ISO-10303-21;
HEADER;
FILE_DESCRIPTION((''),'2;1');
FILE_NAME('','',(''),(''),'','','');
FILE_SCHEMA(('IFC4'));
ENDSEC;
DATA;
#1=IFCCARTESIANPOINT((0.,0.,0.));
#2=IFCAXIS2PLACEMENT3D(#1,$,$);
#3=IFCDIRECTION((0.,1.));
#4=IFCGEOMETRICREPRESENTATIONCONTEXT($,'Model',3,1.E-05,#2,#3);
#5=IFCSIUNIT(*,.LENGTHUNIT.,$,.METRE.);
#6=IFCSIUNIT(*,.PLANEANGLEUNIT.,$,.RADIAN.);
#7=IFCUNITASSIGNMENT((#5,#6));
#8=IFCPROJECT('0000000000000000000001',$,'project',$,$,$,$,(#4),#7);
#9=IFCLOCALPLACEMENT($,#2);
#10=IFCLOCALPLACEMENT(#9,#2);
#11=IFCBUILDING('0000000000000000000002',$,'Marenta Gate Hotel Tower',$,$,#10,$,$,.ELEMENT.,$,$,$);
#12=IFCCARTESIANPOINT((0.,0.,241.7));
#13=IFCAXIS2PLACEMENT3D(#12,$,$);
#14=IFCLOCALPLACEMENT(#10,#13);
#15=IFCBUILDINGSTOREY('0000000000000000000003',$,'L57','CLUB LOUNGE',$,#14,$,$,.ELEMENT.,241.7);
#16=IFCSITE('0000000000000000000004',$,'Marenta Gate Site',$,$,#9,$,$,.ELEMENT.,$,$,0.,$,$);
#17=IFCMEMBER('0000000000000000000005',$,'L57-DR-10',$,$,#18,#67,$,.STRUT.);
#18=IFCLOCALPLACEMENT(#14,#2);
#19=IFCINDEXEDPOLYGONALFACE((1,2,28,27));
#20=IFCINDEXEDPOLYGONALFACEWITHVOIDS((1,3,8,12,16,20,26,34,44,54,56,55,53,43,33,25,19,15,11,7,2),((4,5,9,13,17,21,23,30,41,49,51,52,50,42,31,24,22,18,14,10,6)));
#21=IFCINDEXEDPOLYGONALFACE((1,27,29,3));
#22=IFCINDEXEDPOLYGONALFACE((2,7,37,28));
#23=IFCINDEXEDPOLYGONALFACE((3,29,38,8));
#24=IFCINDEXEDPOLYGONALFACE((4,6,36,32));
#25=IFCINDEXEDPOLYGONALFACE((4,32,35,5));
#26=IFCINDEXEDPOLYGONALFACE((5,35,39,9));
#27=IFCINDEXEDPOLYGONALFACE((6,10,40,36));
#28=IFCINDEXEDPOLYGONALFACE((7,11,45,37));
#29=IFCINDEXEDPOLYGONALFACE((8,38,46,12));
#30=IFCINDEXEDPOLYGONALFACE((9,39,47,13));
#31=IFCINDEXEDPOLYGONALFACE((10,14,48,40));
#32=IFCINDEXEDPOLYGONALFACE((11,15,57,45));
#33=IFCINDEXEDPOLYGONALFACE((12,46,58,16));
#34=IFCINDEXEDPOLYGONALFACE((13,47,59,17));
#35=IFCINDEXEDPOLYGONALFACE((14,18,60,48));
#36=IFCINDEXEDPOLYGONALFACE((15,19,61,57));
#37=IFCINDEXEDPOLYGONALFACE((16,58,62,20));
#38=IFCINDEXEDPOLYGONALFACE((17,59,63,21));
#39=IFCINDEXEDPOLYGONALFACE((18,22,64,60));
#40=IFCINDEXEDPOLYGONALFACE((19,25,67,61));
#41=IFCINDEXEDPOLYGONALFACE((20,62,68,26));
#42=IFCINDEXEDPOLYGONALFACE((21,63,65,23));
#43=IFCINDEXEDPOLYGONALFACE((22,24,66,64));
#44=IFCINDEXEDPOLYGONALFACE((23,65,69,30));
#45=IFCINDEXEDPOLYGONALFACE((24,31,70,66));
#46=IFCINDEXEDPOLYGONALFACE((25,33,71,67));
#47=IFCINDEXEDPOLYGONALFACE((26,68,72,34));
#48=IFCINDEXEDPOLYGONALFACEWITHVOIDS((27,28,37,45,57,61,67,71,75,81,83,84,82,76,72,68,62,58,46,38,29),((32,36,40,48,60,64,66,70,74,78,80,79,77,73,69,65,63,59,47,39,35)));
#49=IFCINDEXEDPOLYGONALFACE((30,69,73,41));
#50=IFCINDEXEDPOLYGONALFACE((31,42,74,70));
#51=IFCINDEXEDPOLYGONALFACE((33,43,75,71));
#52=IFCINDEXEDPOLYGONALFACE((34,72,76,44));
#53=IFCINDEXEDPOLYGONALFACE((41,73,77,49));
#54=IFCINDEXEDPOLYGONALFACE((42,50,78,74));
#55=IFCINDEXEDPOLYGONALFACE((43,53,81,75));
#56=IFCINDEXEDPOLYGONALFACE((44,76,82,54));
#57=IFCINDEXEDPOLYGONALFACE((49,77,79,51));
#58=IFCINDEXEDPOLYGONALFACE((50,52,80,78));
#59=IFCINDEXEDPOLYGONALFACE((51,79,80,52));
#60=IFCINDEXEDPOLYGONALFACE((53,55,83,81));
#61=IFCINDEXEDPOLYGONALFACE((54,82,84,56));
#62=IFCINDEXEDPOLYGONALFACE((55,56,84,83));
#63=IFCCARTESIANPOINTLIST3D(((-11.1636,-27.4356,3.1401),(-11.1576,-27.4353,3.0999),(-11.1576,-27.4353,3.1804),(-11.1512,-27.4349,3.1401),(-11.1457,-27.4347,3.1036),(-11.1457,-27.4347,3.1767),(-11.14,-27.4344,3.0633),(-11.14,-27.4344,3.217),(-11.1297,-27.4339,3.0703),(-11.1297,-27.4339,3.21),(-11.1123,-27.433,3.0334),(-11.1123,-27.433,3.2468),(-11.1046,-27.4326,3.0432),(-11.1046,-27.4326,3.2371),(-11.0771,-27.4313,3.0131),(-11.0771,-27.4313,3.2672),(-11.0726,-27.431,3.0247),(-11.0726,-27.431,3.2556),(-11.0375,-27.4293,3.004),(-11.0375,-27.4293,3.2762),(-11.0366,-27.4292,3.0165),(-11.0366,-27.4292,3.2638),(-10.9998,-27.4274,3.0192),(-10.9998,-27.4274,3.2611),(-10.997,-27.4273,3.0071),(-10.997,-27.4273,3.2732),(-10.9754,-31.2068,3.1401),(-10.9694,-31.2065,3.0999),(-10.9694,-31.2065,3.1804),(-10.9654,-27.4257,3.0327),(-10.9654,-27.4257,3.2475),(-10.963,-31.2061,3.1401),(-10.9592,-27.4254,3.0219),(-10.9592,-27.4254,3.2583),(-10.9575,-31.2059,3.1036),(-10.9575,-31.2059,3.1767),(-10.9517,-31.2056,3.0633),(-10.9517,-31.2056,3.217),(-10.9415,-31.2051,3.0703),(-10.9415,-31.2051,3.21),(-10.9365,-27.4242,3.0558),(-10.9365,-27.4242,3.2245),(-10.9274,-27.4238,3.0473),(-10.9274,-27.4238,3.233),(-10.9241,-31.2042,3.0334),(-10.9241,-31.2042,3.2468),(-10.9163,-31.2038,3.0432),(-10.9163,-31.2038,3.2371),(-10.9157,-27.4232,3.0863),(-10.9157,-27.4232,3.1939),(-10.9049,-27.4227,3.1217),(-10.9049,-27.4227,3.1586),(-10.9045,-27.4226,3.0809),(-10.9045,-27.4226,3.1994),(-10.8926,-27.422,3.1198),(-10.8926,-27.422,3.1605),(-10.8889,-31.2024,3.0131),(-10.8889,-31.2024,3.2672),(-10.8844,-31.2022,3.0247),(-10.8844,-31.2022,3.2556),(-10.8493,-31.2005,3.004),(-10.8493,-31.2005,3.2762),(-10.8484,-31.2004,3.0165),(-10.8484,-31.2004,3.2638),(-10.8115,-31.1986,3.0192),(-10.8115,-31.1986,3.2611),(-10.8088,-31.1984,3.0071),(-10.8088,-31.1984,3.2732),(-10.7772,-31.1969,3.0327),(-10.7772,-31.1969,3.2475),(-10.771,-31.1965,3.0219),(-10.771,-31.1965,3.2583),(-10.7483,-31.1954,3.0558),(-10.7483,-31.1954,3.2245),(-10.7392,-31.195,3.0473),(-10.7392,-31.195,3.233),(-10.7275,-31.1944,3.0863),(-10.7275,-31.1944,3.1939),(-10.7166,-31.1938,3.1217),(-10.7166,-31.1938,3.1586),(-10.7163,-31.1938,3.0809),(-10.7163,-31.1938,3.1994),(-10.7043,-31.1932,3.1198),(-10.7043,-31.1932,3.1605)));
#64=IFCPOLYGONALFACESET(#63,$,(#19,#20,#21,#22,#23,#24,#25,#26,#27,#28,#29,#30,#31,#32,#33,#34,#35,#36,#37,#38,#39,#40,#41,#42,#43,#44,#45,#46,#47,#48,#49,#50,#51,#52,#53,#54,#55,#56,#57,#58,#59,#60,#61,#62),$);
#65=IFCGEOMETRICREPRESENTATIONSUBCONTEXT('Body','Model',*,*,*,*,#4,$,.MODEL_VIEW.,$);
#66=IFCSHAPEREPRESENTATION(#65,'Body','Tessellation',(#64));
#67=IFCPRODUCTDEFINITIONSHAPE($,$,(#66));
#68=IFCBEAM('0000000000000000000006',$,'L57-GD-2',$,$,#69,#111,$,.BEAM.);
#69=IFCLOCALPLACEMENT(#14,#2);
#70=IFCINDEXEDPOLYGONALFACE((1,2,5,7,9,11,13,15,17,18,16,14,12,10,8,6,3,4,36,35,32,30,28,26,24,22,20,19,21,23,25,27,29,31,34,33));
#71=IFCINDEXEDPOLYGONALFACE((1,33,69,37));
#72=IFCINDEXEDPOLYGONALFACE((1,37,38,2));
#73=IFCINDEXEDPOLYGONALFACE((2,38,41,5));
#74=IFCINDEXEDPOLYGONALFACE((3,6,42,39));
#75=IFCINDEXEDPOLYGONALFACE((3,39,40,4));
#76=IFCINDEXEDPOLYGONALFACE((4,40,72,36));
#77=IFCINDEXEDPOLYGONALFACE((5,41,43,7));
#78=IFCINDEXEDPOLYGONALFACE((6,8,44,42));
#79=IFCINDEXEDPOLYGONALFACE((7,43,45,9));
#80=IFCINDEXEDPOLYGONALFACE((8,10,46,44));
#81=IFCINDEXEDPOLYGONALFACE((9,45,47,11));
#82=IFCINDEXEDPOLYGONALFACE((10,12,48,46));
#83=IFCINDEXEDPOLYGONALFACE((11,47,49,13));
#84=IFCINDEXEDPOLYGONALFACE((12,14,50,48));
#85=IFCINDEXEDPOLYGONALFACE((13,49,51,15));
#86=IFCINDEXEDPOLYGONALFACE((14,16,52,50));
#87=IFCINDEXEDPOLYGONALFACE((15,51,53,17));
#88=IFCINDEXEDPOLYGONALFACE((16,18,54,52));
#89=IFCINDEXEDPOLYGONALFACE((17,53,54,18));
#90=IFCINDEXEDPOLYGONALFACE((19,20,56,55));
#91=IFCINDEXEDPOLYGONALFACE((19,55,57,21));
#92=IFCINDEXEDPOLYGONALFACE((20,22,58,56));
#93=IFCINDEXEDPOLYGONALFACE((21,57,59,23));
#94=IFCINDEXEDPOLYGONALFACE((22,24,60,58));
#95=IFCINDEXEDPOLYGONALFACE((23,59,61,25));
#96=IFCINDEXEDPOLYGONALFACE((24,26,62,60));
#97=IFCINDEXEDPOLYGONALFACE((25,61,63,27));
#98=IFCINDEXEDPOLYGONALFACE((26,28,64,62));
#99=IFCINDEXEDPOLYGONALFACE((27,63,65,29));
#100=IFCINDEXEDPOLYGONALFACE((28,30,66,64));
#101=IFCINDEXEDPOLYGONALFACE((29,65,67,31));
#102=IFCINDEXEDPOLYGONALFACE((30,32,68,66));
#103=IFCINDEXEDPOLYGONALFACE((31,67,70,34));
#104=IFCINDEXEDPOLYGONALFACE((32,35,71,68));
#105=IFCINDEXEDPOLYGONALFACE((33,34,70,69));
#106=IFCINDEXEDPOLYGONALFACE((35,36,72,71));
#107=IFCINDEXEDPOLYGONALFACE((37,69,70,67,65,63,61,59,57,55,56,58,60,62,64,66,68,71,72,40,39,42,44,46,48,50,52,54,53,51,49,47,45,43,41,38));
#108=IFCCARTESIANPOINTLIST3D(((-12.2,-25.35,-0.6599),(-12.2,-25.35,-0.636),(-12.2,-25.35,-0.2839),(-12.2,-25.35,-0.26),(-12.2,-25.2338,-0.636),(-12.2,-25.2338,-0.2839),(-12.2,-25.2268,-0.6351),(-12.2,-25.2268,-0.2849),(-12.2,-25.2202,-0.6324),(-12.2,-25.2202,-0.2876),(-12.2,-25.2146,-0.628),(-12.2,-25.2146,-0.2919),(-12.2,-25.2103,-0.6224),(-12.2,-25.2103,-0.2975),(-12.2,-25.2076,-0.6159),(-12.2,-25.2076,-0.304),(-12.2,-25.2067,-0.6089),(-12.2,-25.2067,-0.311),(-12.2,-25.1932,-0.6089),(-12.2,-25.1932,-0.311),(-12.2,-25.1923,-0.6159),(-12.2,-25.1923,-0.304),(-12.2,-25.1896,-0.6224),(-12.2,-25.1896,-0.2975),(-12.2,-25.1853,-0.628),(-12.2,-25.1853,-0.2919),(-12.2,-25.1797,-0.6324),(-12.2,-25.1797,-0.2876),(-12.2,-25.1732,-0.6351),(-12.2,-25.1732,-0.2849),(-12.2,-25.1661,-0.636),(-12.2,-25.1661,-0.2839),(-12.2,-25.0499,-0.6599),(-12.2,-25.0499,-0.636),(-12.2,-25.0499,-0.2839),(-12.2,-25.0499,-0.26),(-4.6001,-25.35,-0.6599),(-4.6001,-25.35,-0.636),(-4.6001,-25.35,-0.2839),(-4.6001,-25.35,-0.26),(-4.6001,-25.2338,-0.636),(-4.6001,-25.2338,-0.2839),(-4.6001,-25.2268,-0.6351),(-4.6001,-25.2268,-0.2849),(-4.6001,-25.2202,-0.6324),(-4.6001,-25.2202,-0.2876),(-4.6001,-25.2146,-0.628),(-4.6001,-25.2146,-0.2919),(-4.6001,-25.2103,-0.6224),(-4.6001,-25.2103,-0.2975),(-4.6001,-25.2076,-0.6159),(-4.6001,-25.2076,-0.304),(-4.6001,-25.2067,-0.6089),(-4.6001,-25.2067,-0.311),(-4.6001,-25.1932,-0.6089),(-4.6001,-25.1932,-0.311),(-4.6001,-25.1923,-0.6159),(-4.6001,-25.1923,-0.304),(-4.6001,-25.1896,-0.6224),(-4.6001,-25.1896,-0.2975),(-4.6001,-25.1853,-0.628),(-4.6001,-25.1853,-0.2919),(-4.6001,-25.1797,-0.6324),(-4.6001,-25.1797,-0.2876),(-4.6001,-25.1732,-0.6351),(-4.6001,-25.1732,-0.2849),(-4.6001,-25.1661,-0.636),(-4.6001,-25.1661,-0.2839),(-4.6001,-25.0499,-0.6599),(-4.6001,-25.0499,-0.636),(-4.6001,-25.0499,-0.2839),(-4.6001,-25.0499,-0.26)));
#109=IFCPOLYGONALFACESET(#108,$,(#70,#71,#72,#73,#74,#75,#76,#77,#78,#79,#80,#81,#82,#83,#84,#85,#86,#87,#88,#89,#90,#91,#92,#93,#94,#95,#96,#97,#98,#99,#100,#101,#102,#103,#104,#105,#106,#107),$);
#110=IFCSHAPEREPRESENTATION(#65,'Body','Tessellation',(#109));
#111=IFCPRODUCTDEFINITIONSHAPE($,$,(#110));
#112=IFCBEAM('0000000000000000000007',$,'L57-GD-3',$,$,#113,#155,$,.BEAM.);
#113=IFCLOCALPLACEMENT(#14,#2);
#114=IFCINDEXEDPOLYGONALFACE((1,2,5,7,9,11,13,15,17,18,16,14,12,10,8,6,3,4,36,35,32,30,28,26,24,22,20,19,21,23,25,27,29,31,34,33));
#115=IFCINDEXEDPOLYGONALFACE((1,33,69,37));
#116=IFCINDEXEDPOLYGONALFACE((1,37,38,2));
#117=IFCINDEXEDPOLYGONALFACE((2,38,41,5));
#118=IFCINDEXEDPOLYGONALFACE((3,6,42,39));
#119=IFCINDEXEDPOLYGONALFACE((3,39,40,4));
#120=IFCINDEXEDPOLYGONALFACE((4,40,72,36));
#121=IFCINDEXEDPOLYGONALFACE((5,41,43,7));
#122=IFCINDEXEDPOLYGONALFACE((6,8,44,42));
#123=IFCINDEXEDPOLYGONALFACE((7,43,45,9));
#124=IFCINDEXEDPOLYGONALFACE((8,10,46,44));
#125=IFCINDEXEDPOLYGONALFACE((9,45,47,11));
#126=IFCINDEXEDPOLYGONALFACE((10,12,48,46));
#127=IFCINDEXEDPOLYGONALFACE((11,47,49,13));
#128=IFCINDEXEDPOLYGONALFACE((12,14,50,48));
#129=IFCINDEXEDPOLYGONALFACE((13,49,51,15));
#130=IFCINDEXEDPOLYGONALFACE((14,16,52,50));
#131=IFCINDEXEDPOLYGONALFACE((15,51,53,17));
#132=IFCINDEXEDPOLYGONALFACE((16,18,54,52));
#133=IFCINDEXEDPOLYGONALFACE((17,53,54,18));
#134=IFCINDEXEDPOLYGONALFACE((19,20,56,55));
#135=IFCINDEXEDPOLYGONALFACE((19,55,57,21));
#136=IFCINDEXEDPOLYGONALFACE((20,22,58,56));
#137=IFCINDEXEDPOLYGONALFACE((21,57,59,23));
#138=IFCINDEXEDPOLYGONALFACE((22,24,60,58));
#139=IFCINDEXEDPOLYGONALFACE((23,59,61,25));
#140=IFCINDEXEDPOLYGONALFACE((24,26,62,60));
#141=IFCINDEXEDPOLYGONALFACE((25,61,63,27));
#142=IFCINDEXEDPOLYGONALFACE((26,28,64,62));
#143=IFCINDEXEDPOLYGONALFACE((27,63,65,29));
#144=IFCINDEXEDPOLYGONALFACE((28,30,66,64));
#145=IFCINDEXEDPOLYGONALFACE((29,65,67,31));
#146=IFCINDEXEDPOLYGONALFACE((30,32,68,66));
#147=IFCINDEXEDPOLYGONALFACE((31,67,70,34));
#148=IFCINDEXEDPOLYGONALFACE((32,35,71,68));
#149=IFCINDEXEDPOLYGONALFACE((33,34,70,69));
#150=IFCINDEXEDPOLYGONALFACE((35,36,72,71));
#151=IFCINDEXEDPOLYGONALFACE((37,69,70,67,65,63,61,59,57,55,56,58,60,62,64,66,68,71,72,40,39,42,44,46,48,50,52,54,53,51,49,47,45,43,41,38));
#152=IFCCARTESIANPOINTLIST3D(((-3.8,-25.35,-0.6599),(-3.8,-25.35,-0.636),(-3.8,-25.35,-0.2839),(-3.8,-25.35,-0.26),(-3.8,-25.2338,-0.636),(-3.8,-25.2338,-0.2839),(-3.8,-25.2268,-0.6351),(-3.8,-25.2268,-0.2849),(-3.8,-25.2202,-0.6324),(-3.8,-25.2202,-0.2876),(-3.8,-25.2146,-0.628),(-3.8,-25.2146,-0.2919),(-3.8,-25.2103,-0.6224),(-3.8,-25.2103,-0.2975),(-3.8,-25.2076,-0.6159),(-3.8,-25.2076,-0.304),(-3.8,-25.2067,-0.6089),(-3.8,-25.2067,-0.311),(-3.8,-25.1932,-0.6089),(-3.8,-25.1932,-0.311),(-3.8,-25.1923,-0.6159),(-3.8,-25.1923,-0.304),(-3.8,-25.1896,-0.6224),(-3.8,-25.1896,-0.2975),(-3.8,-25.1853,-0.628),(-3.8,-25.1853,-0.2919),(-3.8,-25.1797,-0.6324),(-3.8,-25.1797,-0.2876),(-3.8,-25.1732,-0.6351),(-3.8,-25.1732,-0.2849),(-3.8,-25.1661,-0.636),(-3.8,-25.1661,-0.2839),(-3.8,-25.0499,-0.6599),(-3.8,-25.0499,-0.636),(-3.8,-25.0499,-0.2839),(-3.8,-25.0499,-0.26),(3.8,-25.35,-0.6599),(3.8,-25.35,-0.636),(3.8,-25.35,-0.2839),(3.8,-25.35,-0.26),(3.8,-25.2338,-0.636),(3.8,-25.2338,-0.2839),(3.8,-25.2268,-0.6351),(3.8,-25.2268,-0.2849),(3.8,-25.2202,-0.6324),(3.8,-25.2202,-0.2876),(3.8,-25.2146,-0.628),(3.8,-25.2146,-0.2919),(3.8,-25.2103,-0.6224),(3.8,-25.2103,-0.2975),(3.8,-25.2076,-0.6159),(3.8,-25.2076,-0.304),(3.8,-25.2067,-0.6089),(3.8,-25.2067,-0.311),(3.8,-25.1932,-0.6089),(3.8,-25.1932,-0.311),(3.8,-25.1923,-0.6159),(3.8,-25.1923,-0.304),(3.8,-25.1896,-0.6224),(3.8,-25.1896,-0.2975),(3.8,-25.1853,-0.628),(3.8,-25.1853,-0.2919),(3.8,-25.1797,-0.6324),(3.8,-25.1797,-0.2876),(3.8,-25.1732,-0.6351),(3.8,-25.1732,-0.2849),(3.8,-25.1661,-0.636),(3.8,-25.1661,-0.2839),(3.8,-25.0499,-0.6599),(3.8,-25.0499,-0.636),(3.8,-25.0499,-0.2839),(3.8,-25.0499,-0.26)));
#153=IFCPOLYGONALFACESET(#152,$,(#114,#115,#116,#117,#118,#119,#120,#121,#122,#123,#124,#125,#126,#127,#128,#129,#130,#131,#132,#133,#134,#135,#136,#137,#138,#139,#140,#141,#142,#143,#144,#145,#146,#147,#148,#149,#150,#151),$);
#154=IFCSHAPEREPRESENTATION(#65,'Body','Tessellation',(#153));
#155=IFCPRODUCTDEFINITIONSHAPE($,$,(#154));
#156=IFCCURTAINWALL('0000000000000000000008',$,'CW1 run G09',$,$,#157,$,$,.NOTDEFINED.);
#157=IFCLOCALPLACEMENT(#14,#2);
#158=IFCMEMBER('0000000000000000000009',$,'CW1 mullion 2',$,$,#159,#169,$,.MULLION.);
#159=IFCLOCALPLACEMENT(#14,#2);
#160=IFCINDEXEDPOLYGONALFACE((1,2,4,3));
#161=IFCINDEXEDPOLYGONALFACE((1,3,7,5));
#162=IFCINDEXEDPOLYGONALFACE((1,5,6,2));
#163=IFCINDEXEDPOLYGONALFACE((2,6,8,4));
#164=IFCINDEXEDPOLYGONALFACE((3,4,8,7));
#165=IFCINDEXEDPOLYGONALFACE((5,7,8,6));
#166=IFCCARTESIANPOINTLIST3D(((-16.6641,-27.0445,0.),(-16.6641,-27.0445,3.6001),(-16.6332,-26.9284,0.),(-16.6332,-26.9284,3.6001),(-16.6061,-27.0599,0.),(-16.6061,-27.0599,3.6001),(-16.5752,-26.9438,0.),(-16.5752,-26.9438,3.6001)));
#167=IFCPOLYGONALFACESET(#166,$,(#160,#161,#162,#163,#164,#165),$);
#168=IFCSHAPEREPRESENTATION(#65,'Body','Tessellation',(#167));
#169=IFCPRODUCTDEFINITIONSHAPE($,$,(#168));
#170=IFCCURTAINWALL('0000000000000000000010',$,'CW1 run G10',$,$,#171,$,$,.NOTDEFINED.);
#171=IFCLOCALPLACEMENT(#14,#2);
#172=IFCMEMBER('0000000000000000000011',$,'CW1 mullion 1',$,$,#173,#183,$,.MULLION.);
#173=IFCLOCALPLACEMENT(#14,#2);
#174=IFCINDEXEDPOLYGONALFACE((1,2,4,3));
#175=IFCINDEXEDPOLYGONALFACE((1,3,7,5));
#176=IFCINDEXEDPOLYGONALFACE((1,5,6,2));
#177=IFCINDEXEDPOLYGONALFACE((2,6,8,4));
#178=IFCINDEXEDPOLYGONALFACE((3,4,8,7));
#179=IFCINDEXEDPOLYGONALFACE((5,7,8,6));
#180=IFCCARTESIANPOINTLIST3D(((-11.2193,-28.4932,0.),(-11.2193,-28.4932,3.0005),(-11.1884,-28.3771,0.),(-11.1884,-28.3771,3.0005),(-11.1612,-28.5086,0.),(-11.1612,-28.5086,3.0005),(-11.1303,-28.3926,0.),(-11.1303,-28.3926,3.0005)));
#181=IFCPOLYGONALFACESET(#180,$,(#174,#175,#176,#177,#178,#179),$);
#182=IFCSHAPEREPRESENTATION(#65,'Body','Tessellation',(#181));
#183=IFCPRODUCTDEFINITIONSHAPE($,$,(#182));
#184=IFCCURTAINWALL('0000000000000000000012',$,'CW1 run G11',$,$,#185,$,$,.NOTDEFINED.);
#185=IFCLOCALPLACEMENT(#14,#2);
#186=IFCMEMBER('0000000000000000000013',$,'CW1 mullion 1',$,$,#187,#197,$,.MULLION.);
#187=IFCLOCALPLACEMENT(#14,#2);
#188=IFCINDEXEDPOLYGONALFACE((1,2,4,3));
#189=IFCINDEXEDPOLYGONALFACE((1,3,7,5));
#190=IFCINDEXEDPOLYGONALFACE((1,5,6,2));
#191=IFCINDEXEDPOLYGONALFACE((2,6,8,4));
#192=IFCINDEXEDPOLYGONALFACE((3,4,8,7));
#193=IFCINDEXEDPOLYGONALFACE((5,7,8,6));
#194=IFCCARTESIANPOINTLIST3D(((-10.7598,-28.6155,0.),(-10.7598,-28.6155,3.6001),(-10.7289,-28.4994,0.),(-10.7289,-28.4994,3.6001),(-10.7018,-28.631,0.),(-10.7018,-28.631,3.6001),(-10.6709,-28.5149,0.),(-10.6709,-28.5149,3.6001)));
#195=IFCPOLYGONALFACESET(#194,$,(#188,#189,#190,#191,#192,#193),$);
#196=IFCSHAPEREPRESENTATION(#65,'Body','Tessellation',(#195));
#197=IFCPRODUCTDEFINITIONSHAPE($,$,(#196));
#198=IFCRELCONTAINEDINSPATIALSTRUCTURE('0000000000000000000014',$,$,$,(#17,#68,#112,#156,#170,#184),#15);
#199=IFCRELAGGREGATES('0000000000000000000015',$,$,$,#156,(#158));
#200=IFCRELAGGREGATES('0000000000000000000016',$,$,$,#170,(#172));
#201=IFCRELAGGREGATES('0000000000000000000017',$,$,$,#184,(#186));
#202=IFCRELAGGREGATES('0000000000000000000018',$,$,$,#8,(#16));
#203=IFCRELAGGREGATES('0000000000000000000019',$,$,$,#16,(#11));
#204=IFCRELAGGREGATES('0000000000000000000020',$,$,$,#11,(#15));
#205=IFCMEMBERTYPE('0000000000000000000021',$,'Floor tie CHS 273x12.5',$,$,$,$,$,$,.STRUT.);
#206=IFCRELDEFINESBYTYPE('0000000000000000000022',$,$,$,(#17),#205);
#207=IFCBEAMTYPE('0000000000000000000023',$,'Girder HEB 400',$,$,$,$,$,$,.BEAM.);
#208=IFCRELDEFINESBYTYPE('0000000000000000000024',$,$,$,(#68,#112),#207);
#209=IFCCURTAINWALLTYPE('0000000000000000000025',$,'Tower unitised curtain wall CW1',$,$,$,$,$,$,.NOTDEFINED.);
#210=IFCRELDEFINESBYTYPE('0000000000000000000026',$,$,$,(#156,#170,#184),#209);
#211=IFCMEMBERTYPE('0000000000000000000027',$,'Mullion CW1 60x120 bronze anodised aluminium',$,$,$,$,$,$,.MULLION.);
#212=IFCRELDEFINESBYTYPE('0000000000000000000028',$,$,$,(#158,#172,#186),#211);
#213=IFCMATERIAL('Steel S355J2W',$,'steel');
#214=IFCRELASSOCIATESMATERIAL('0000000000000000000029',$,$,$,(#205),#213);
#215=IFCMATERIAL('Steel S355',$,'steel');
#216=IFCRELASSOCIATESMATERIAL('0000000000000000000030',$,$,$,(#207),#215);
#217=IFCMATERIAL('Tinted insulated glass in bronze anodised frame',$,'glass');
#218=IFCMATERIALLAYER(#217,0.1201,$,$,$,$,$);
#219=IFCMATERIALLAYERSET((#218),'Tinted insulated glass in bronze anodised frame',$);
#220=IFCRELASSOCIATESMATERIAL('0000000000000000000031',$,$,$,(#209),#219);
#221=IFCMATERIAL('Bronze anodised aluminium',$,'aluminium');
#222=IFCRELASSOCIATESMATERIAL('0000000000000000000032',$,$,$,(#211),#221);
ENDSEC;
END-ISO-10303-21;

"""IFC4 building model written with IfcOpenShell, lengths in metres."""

from ifc_helpers import new_model, si_unit, direction, frame, origin, origin_2d, place, context, subcontext, project, spatial, rectangle, hollow_circle, i_section, extrude, material, layer, layer_set, material_profile, profile_set, type_object, element, aggregate, save


model = new_model("IFC4")

# Units and contexts
model_context = context("Model", 3, precision=1e-05, world=origin(), true_north=direction((0.0, 1.0)))
body_context = subcontext(model_context, "Body", "Model", "MODEL_VIEW")
ifc_project = project(units=[si_unit("LENGTHUNIT", "METRE"), si_unit("PLANEANGLEUNIT", "RADIAN")], contexts=[model_context])

# Site, building, storey
site_placement = place(None, origin())
site = spatial("IfcSite", under=ifc_project, at=site_placement, Name="Marenta Gate Site", CompositionType="ELEMENT", RefElevation=0.0)
building_placement = place(site_placement, origin())
building = spatial("IfcBuilding", under=site, at=building_placement, Name="Marenta Gate Hotel Tower", CompositionType="ELEMENT")
storey_placement = place(building_placement, frame((0.0, 0.0, 241.7)))
storey = spatial("IfcBuildingStorey", under=building, at=storey_placement, Name="L57", Description="CLUB LOUNGE", CompositionType="ELEMENT", Elevation=241.7)

# Member
ifc_material_1 = material(Name="Steel S355J2W", Category="steel")
ifc_material_profile_1 = material_profile(ifc_material_1, hollow_circle(Radius=0.1365, WallThickness=0.0125, at=origin_2d()), Name="CHS 273x12.5")
ifc_profile_set_1 = profile_set([ifc_material_profile_1], Name="Steel S355J2W")
member_type_1 = type_object("IfcMemberType", Name="Floor tie CHS 273x12.5", PredefinedType="STRUT", material=ifc_profile_set_1)
member_1_placement = place(storey_placement, frame((-10.8391, -31.2, 3.1401), z_axis=(-0.049851, 0.998757, 0.0), x_axis=(-0.998757, -0.049851, 0.0)))
element("IfcMember", 1, at=member_1_placement, inside=storey, type_object=member_type_1, Name="L57-DR-10", PredefinedType="STRUT", context=body_context, shape_type="SweptSolid", body=[
    extrude(hollow_circle(Radius=0.1365, WallThickness=0.0125, at=origin_2d()), origin(), (0.0, 0.0, 1.0), 3.7759),
])

# Beams
ifc_material_2 = material(Name="Steel S355", Category="steel")
ifc_material_profile_2 = material_profile(ifc_material_2, i_section(OverallWidth=0.3, OverallDepth=0.3999, WebThickness=0.0134, FlangeThickness=0.0239, FilletRadius=0.0271, at=origin_2d()), Name="HEB 400")
ifc_profile_set_2 = profile_set([ifc_material_profile_2], Name="Steel S355")
beam_type_1 = type_object("IfcBeamType", Name="Girder HEB 400", PredefinedType="BEAM", material=ifc_profile_set_2)
beam_1_placement = place(storey_placement, frame((-12.2, -25.2, -0.46), z_axis=(1.0, 0.0, 0.0), x_axis=(0.0, 1.0, 0.0)))
element("IfcBeam", 2, at=beam_1_placement, inside=storey, type_object=beam_type_1, Name="L57-GD-2", PredefinedType="BEAM", context=body_context, shape_type="SweptSolid", body=[
    extrude(i_section(OverallWidth=0.3, OverallDepth=0.3999, WebThickness=0.0134, FlangeThickness=0.0239, FilletRadius=0.0271, at=origin_2d()), origin(), (0.0, 0.0, 1.0), 7.5999),
])
beam_2_placement = place(storey_placement, frame((-3.8, -25.2, -0.46), z_axis=(1.0, 0.0, 0.0), x_axis=(0.0, 1.0, 0.0)))
element("IfcBeam", 3, at=beam_2_placement, inside=storey, type_object=beam_type_1, Name="L57-GD-3", PredefinedType="BEAM", context=body_context, shape_type="SweptSolid", body=[
    extrude(i_section(OverallWidth=0.3, OverallDepth=0.3999, WebThickness=0.0134, FlangeThickness=0.0239, FilletRadius=0.0271, at=origin_2d()), origin(), (0.0, 0.0, 1.0), 7.6001),
])

# Curtain walls, members
ifc_material_3 = material(Name="Tinted insulated glass in bronze anodised frame", Category="glass")
ifc_layer_1 = layer(ifc_material_3, 0.1201)
ifc_layer_set_1 = layer_set([ifc_layer_1], Name="Tinted insulated glass in bronze anodised frame")
curtain_wall_type = type_object("IfcCurtainWallType", Name="Tower unitised curtain wall CW1", PredefinedType="NOTDEFINED", material=ifc_layer_set_1)
curtain_wall_1_placement = place(storey_placement, origin())
curtain_wall_1 = element("IfcCurtainWall", 4, at=curtain_wall_1_placement, inside=storey, type_object=curtain_wall_type, Name="CW1 run G09", PredefinedType="NOTDEFINED")
ifc_material_4 = material(Name="Bronze anodised aluminium", Category="aluminium")
ifc_material_profile_3 = material_profile(ifc_material_4, rectangle(XDim=0.1201, YDim=0.0601, at=origin_2d()), Name="Mullion CW1 60x120 bronze anodised aluminium")
ifc_profile_set_3 = profile_set([ifc_material_profile_3], Name="Bronze anodised aluminium")
member_type_2 = type_object("IfcMemberType", Name="Mullion CW1 60x120 bronze anodised aluminium", PredefinedType="MULLION", material=ifc_profile_set_3)
member_2_placement = place(storey_placement, frame((-16.6196, -26.9941, 0.0), z_axis=(0.0, 0.0, 1.0), x_axis=(0.257132, 0.966376, 0.0)))
member_2 = element("IfcMember", 5, at=member_2_placement, type_object=member_type_2, Name="CW1 mullion 2", PredefinedType="MULLION", context=body_context, shape_type="SweptSolid", body=[
    extrude(rectangle(XDim=0.1201, YDim=0.0601, at=origin_2d()), origin(), (0.0, 0.0, 1.0), 3.6001),
])
curtain_wall_2_placement = place(storey_placement, origin())
curtain_wall_2 = element("IfcCurtainWall", 6, at=curtain_wall_2_placement, inside=storey, type_object=curtain_wall_type, Name="CW1 run G10", PredefinedType="NOTDEFINED")
member_3_placement = place(storey_placement, frame((-11.1748, -28.4429, 0.0), z_axis=(0.0, 0.0, 1.0), x_axis=(0.2571, 0.966385, 0.0)))
member_3 = element("IfcMember", 7, at=member_3_placement, type_object=member_type_2, Name="CW1 mullion 1", PredefinedType="MULLION", context=body_context, shape_type="SweptSolid", body=[
    extrude(rectangle(XDim=0.1201, YDim=0.0601, at=origin_2d()), origin(), (0.0, 0.0, 1.0), 3.0005),
])
curtain_wall_3_placement = place(storey_placement, origin())
curtain_wall_3 = element("IfcCurtainWall", 8, at=curtain_wall_3_placement, inside=storey, type_object=curtain_wall_type, Name="CW1 run G11", PredefinedType="NOTDEFINED")
member_4_placement = place(storey_placement, frame((-10.7153, -28.5652, 0.0), z_axis=(0.0, 0.0, 1.0), x_axis=(0.257431, 0.966297, 0.0)))
member_4 = element("IfcMember", 9, at=member_4_placement, type_object=member_type_2, Name="CW1 mullion 1", PredefinedType="MULLION", context=body_context, shape_type="SweptSolid", body=[
    extrude(rectangle(XDim=0.1201, YDim=0.0601, at=origin_2d()), origin(), (0.0, 0.0, 1.0), 3.6001),
])

aggregate(curtain_wall_1, [member_2])
aggregate(curtain_wall_2, [member_3])
aggregate(curtain_wall_3, [member_4])

save(model, "model.ifc")
